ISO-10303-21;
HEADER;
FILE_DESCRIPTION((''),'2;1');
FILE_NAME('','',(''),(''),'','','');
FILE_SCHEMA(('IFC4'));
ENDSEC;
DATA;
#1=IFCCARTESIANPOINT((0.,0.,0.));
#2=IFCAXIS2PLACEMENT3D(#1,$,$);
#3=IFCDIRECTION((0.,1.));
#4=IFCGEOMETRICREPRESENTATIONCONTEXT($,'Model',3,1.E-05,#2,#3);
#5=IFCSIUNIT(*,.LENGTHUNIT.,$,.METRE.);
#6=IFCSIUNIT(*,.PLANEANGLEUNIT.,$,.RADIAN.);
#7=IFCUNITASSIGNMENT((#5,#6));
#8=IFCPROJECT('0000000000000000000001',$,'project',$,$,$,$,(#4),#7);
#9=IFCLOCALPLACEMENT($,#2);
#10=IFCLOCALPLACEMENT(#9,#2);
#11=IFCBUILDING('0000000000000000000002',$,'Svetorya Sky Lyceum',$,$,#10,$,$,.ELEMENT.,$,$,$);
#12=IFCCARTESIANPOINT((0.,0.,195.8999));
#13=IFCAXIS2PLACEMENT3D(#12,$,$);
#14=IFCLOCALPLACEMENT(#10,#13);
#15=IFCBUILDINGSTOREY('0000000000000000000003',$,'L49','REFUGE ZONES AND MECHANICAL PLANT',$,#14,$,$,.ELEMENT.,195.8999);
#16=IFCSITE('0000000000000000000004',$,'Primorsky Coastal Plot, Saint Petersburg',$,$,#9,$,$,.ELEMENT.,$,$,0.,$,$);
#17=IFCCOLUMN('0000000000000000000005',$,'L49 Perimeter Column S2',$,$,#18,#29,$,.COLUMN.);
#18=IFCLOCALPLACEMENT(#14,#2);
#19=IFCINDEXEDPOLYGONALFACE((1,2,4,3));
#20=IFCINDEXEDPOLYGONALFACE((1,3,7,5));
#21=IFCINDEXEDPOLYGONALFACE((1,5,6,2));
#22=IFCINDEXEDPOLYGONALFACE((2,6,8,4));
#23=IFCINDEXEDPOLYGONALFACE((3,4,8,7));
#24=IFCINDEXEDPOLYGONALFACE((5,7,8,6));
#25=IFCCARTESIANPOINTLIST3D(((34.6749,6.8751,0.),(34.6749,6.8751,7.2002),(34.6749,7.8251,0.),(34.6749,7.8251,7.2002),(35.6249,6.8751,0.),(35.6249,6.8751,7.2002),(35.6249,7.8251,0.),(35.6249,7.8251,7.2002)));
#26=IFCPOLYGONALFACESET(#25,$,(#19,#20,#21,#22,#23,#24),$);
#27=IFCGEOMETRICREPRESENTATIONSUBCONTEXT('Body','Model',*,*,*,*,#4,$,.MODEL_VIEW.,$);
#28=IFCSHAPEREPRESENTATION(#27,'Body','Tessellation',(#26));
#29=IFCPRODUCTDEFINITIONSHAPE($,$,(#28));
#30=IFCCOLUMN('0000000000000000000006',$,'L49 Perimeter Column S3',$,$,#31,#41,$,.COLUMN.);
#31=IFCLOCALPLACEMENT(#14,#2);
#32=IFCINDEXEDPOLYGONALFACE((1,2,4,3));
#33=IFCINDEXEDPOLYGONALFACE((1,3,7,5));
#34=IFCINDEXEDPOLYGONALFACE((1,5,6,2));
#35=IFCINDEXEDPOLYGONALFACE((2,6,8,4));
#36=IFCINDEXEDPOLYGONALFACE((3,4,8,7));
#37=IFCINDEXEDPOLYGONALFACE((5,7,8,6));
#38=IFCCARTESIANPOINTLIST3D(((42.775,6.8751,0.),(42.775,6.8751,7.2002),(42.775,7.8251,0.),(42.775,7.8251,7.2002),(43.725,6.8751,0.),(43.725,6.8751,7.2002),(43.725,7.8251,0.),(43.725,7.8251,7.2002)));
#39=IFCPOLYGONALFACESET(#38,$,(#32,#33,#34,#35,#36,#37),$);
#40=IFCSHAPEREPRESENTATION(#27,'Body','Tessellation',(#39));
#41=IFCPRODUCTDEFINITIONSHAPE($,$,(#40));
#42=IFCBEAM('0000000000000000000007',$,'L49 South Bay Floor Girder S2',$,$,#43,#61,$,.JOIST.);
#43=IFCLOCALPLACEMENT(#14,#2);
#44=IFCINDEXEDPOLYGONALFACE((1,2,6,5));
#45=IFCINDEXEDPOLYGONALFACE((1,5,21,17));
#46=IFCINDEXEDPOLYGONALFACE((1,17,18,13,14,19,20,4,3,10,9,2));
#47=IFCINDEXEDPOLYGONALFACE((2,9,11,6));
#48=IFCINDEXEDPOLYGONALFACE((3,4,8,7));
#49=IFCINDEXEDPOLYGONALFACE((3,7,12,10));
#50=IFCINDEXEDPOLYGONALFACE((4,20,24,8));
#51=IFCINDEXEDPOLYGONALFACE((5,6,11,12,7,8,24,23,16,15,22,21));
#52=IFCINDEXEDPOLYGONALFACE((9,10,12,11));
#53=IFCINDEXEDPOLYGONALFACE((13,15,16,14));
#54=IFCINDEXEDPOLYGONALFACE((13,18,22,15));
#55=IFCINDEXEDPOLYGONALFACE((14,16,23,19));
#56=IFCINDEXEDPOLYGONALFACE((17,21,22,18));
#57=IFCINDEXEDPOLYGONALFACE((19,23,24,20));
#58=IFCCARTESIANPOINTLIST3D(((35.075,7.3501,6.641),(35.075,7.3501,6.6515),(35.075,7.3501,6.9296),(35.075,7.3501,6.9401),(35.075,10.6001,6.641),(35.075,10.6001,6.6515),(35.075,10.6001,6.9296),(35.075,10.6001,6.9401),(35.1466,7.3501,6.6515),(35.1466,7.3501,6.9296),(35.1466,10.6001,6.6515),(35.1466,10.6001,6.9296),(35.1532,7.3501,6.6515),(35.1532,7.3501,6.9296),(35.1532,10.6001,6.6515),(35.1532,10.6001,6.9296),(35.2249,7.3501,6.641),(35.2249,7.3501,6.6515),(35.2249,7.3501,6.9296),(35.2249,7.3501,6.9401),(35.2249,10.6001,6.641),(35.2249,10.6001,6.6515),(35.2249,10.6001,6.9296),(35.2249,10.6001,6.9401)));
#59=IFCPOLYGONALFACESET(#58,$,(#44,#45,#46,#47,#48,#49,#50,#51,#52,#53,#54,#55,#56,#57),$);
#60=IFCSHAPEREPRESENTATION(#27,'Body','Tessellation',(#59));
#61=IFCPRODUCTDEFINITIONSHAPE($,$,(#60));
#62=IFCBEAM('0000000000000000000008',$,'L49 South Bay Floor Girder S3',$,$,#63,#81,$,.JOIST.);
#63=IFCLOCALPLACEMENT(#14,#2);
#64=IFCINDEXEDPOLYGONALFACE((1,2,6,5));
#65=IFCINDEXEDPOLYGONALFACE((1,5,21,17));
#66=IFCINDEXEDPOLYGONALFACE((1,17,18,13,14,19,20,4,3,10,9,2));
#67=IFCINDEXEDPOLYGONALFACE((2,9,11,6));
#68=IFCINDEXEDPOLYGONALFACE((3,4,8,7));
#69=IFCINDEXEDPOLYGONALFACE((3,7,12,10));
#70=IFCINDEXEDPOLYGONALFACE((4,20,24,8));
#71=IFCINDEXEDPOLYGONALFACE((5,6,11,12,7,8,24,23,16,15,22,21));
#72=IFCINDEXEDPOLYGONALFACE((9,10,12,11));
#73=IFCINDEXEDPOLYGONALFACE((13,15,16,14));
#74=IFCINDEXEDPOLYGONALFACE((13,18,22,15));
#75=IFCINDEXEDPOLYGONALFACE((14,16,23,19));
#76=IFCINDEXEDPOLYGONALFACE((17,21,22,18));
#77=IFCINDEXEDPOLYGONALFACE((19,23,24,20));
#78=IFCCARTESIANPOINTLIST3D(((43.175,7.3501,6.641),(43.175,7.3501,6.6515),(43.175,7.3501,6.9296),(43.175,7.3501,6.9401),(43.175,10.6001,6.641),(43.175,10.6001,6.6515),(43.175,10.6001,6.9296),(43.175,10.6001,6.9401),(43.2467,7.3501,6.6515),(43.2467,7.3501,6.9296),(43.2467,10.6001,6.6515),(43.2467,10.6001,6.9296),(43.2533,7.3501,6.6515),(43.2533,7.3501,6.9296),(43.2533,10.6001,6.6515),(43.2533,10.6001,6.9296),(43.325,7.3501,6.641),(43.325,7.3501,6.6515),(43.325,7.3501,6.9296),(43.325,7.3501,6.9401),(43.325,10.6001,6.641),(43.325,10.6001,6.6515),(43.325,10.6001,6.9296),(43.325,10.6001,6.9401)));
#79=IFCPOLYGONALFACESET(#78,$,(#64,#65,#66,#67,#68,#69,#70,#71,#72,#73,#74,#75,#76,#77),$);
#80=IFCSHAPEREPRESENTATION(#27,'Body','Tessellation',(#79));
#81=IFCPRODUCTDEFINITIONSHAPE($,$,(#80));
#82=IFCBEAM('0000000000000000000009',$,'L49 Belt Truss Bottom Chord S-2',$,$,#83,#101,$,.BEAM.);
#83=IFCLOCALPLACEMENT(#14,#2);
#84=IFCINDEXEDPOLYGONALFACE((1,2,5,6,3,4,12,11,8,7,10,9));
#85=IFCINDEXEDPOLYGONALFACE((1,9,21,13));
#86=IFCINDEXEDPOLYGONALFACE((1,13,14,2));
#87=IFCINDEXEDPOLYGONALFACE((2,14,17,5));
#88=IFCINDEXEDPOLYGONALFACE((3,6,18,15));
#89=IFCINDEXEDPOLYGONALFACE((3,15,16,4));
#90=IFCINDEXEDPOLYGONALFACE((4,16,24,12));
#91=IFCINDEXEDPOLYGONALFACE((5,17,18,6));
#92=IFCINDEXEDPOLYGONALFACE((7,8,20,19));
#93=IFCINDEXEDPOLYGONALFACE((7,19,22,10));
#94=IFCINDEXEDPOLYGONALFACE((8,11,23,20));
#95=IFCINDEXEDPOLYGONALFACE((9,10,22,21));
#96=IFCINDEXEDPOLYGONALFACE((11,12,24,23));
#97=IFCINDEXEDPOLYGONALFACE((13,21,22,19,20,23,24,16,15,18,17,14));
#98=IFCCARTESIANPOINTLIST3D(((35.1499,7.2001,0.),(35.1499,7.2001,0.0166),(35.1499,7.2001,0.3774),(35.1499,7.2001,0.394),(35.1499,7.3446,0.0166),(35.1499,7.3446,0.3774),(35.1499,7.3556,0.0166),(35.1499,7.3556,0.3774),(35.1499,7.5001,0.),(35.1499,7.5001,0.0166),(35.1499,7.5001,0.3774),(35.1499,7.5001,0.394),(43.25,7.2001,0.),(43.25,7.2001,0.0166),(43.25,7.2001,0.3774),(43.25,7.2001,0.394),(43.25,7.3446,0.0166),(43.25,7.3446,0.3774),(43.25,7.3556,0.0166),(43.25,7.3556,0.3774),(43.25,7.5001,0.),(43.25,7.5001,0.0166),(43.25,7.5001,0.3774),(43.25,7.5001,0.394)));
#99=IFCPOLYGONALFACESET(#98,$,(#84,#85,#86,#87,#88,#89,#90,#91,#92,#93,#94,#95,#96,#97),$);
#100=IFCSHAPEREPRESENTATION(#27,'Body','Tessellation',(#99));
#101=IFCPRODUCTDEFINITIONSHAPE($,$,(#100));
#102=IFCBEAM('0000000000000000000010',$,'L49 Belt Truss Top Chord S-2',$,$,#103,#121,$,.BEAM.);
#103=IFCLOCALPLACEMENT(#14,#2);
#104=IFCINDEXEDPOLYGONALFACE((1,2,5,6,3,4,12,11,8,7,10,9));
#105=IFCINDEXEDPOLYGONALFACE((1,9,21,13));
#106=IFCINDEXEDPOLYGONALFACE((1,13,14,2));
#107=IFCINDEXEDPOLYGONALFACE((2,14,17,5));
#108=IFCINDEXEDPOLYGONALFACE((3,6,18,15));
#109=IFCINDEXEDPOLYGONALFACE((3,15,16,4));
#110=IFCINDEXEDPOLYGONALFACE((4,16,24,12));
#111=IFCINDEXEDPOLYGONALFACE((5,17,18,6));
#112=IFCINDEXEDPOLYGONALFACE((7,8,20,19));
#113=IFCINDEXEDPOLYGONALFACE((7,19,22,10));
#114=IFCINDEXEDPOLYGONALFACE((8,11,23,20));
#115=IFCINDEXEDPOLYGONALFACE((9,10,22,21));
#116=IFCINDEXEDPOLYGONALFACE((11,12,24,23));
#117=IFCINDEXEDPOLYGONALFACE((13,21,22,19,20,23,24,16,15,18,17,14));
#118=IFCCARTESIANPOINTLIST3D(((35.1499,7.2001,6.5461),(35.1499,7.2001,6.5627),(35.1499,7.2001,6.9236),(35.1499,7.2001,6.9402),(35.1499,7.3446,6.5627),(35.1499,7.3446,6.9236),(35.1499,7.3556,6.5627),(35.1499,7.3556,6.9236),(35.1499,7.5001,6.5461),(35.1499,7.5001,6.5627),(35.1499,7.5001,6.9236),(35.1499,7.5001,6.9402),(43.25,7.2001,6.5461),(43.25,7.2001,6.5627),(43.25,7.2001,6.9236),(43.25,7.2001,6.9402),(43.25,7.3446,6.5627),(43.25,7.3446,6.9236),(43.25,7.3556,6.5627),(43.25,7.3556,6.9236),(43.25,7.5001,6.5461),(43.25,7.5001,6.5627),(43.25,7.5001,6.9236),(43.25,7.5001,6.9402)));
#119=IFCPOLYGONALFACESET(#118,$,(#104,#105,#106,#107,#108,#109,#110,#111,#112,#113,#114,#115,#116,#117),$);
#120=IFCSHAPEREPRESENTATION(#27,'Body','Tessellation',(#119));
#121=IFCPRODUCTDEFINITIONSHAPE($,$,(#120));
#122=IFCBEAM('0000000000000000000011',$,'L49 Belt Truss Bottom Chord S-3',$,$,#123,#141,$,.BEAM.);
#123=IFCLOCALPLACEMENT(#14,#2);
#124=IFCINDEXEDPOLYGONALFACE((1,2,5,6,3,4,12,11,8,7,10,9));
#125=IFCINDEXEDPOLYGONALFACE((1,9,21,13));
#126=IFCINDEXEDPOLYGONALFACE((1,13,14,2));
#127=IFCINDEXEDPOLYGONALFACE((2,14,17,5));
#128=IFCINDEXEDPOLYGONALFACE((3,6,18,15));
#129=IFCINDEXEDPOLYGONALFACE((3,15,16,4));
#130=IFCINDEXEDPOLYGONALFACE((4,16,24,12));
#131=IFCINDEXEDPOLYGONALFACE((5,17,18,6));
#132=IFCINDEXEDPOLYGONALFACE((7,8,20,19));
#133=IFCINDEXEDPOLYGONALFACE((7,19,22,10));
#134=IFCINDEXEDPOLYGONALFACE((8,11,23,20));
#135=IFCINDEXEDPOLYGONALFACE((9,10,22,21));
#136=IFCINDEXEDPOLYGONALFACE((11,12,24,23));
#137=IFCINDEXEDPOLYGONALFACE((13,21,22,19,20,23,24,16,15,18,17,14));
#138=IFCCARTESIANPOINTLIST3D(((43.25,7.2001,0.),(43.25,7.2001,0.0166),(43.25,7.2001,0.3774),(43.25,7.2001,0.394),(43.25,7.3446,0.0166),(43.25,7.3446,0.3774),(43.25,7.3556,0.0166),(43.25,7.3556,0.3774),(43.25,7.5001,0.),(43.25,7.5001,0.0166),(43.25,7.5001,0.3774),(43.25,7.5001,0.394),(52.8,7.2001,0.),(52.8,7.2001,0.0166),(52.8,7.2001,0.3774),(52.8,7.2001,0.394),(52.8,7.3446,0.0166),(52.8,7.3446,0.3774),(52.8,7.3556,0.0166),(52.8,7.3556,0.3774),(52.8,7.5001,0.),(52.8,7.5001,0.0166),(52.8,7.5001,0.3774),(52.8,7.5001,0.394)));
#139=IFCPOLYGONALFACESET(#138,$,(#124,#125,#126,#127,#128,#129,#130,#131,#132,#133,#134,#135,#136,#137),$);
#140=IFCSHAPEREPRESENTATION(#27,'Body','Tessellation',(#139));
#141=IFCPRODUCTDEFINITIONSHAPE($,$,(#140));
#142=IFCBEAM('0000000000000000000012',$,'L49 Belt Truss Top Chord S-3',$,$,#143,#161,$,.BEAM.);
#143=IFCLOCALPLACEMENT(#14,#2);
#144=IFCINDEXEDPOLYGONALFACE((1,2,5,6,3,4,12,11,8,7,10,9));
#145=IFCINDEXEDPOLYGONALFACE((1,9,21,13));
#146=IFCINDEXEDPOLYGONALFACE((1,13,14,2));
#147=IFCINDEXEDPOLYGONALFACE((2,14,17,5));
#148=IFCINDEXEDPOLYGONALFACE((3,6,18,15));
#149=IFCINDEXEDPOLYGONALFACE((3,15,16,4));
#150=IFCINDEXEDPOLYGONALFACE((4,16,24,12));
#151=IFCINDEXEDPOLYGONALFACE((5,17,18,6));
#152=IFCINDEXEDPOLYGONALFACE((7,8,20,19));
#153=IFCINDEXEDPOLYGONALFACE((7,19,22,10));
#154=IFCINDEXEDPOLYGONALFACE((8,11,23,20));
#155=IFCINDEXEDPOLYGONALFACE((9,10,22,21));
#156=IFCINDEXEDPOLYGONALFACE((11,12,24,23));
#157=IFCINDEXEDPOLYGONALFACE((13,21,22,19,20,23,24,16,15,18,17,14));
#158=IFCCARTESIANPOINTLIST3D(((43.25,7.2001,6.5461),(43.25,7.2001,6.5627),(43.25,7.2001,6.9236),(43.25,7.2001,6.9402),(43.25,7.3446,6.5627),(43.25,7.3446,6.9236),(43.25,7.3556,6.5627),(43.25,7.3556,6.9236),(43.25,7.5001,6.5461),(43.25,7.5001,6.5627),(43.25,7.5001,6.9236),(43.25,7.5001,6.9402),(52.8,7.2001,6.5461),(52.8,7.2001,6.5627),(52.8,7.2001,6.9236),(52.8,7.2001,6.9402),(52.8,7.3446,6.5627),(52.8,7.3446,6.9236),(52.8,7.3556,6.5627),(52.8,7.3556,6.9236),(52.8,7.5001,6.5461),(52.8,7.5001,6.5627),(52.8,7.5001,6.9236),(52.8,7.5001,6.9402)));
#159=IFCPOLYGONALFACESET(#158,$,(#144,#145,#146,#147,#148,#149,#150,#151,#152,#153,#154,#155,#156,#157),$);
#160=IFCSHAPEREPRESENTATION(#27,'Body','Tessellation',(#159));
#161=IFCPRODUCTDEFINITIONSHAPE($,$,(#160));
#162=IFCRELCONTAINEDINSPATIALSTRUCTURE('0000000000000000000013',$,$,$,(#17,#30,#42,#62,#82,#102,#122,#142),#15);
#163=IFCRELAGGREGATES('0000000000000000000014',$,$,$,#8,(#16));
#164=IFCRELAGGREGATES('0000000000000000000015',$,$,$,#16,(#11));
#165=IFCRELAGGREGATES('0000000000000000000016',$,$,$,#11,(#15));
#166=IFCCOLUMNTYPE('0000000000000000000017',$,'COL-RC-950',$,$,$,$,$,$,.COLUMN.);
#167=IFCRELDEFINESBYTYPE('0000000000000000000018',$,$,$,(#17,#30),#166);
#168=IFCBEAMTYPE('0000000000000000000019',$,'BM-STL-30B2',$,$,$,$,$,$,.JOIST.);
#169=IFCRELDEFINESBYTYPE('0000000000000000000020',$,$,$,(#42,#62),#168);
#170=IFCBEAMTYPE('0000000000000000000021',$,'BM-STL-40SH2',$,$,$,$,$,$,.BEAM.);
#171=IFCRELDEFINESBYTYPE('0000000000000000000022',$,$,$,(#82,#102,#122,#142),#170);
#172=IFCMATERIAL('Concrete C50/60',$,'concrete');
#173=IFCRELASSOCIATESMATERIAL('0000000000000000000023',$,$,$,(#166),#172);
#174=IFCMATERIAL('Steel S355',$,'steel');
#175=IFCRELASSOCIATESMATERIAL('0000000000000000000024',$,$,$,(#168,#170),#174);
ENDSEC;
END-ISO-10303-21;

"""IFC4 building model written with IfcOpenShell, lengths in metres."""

from ifc_helpers import new_model, si_unit, direction, frame, origin, origin_2d, place, context, subcontext, project, spatial, rectangle, i_section, extrude, material, material_profile, profile_set, type_object, element, save


model = new_model("IFC4")

# Units and contexts
model_context = context("Model", 3, precision=1e-05, world=origin(), true_north=direction((0.0, 1.0)))
body_context = subcontext(model_context, "Body", "Model", "MODEL_VIEW")
ifc_project = project(units=[si_unit("LENGTHUNIT", "METRE"), si_unit("PLANEANGLEUNIT", "RADIAN")], contexts=[model_context])

# Site, building, storey
site_placement = place(None, origin())
site = spatial("IfcSite", under=ifc_project, at=site_placement, Name="Primorsky Coastal Plot, Saint Petersburg", CompositionType="ELEMENT", RefElevation=0.0)
building_placement = place(site_placement, origin())
building = spatial("IfcBuilding", under=site, at=building_placement, Name="Svetorya Sky Lyceum", CompositionType="ELEMENT")
storey_placement = place(building_placement, frame((0.0, 0.0, 195.8999)))
storey = spatial("IfcBuildingStorey", under=building, at=storey_placement, Name="L49", Description="REFUGE ZONES AND MECHANICAL PLANT", CompositionType="ELEMENT", Elevation=195.8999)

# Columns
ifc_material_1 = material(Name="Concrete C50/60", Category="concrete")
ifc_material_profile_1 = material_profile(ifc_material_1, rectangle(XDim=0.95, YDim=0.95, at=origin_2d()), Name="RC COL 950x950")
ifc_profile_set_1 = profile_set([ifc_material_profile_1], Name="Concrete C50/60")
column_type = type_object("IfcColumnType", Name="COL-RC-950", PredefinedType="COLUMN", material=ifc_profile_set_1)
for number, where, z_axis, x_axis, name in (
    (1, (35.1499, 7.3501, 0.0), (0.0, 0.0, 1.0), (1.0, 0.0, 0.0), "L49 Perimeter Column S2"),
    (2, (43.25, 7.3501, 0.0), (0.0, 0.0, 1.0), (1.0, 0.0, 0.0), "L49 Perimeter Column S3"),
):
    element("IfcColumn", number, at=place(storey_placement, frame(where, z_axis=z_axis, x_axis=x_axis)), inside=storey, type_object=column_type, Name=name, PredefinedType="COLUMN", context=body_context, shape_type="SweptSolid", body=[
        extrude(rectangle(XDim=0.95, YDim=0.95, at=origin_2d()), origin(), (0.0, 0.0, 1.0), 7.2002),
    ])

# Beams
ifc_material_2 = material(Name="Steel S355", Category="steel")
ifc_material_profile_2 = material_profile(ifc_material_2, i_section(OverallWidth=0.1499, OverallDepth=0.2991, WebThickness=0.0066, FlangeThickness=0.0105, at=origin_2d()), Name="GOST 30B2")
ifc_profile_set_2 = profile_set([ifc_material_profile_2], Name="Steel S355")
beam_type_1 = type_object("IfcBeamType", Name="BM-STL-30B2", PredefinedType="JOIST", material=ifc_profile_set_2)
for number, where, z_axis, x_axis, name in (
    (3, (35.1499, 7.3501, 6.7905), (0.0, 1.0, 0.0), (-1.0, 0.0, 0.0), "L49 South Bay Floor Girder S2"),
    (4, (43.25, 7.3501, 6.7905), (0.0, 1.0, 0.0), (-1.0, 0.0, 0.0), "L49 South Bay Floor Girder S3"),
):
    element("IfcBeam", number, at=place(storey_placement, frame(where, z_axis=z_axis, x_axis=x_axis)), inside=storey, type_object=beam_type_1, Name=name, PredefinedType="JOIST", context=body_context, shape_type="SweptSolid", body=[
        extrude(i_section(OverallWidth=0.1499, OverallDepth=0.2991, WebThickness=0.0066, FlangeThickness=0.0105, at=origin_2d()), origin(), (0.0, 0.0, 1.0), 3.25),
    ])
ifc_material_profile_3 = material_profile(ifc_material_2, i_section(OverallWidth=0.3, OverallDepth=0.394, WebThickness=0.011, FlangeThickness=0.0166, at=origin_2d()), Name="GOST 40Sh2")
ifc_profile_set_3 = profile_set([ifc_material_profile_3], Name="Steel S355")
beam_type_2 = type_object("IfcBeamType", Name="BM-STL-40SH2", PredefinedType="BEAM", material=ifc_profile_set_3)
for number, where, z_axis, x_axis, name in (
    (5, (35.1499, 7.3501, 0.197), (1.0, 0.0, 0.0), (0.0, 1.0, 0.0), "L49 Belt Truss Bottom Chord S-2"),
    (6, (35.1499, 7.3501, 6.7432), (1.0, 0.0, 0.0), (0.0, 1.0, 0.0), "L49 Belt Truss Top Chord S-2"),
):
    element("IfcBeam", number, at=place(storey_placement, frame(where, z_axis=z_axis, x_axis=x_axis)), inside=storey, type_object=beam_type_2, Name=name, PredefinedType="BEAM", context=body_context, shape_type="SweptSolid", body=[
        extrude(i_section(OverallWidth=0.3, OverallDepth=0.394, WebThickness=0.011, FlangeThickness=0.0166, at=origin_2d()), origin(), (0.0, 0.0, 1.0), 8.1001),
    ])
for number, where, z_axis, x_axis, name in (
    (7, (43.25, 7.3501, 0.197), (1.0, 0.0, 0.0), (0.0, 1.0, 0.0), "L49 Belt Truss Bottom Chord S-3"),
    (8, (43.25, 7.3501, 6.7432), (1.0, 0.0, 0.0), (0.0, 1.0, 0.0), "L49 Belt Truss Top Chord S-3"),
):
    element("IfcBeam", number, at=place(storey_placement, frame(where, z_axis=z_axis, x_axis=x_axis)), inside=storey, type_object=beam_type_2, Name=name, PredefinedType="BEAM", context=body_context, shape_type="SweptSolid", body=[
        extrude(i_section(OverallWidth=0.3, OverallDepth=0.394, WebThickness=0.011, FlangeThickness=0.0166, at=origin_2d()), origin(), (0.0, 0.0, 1.0), 9.55),
    ])

save(model, "model.ifc")
